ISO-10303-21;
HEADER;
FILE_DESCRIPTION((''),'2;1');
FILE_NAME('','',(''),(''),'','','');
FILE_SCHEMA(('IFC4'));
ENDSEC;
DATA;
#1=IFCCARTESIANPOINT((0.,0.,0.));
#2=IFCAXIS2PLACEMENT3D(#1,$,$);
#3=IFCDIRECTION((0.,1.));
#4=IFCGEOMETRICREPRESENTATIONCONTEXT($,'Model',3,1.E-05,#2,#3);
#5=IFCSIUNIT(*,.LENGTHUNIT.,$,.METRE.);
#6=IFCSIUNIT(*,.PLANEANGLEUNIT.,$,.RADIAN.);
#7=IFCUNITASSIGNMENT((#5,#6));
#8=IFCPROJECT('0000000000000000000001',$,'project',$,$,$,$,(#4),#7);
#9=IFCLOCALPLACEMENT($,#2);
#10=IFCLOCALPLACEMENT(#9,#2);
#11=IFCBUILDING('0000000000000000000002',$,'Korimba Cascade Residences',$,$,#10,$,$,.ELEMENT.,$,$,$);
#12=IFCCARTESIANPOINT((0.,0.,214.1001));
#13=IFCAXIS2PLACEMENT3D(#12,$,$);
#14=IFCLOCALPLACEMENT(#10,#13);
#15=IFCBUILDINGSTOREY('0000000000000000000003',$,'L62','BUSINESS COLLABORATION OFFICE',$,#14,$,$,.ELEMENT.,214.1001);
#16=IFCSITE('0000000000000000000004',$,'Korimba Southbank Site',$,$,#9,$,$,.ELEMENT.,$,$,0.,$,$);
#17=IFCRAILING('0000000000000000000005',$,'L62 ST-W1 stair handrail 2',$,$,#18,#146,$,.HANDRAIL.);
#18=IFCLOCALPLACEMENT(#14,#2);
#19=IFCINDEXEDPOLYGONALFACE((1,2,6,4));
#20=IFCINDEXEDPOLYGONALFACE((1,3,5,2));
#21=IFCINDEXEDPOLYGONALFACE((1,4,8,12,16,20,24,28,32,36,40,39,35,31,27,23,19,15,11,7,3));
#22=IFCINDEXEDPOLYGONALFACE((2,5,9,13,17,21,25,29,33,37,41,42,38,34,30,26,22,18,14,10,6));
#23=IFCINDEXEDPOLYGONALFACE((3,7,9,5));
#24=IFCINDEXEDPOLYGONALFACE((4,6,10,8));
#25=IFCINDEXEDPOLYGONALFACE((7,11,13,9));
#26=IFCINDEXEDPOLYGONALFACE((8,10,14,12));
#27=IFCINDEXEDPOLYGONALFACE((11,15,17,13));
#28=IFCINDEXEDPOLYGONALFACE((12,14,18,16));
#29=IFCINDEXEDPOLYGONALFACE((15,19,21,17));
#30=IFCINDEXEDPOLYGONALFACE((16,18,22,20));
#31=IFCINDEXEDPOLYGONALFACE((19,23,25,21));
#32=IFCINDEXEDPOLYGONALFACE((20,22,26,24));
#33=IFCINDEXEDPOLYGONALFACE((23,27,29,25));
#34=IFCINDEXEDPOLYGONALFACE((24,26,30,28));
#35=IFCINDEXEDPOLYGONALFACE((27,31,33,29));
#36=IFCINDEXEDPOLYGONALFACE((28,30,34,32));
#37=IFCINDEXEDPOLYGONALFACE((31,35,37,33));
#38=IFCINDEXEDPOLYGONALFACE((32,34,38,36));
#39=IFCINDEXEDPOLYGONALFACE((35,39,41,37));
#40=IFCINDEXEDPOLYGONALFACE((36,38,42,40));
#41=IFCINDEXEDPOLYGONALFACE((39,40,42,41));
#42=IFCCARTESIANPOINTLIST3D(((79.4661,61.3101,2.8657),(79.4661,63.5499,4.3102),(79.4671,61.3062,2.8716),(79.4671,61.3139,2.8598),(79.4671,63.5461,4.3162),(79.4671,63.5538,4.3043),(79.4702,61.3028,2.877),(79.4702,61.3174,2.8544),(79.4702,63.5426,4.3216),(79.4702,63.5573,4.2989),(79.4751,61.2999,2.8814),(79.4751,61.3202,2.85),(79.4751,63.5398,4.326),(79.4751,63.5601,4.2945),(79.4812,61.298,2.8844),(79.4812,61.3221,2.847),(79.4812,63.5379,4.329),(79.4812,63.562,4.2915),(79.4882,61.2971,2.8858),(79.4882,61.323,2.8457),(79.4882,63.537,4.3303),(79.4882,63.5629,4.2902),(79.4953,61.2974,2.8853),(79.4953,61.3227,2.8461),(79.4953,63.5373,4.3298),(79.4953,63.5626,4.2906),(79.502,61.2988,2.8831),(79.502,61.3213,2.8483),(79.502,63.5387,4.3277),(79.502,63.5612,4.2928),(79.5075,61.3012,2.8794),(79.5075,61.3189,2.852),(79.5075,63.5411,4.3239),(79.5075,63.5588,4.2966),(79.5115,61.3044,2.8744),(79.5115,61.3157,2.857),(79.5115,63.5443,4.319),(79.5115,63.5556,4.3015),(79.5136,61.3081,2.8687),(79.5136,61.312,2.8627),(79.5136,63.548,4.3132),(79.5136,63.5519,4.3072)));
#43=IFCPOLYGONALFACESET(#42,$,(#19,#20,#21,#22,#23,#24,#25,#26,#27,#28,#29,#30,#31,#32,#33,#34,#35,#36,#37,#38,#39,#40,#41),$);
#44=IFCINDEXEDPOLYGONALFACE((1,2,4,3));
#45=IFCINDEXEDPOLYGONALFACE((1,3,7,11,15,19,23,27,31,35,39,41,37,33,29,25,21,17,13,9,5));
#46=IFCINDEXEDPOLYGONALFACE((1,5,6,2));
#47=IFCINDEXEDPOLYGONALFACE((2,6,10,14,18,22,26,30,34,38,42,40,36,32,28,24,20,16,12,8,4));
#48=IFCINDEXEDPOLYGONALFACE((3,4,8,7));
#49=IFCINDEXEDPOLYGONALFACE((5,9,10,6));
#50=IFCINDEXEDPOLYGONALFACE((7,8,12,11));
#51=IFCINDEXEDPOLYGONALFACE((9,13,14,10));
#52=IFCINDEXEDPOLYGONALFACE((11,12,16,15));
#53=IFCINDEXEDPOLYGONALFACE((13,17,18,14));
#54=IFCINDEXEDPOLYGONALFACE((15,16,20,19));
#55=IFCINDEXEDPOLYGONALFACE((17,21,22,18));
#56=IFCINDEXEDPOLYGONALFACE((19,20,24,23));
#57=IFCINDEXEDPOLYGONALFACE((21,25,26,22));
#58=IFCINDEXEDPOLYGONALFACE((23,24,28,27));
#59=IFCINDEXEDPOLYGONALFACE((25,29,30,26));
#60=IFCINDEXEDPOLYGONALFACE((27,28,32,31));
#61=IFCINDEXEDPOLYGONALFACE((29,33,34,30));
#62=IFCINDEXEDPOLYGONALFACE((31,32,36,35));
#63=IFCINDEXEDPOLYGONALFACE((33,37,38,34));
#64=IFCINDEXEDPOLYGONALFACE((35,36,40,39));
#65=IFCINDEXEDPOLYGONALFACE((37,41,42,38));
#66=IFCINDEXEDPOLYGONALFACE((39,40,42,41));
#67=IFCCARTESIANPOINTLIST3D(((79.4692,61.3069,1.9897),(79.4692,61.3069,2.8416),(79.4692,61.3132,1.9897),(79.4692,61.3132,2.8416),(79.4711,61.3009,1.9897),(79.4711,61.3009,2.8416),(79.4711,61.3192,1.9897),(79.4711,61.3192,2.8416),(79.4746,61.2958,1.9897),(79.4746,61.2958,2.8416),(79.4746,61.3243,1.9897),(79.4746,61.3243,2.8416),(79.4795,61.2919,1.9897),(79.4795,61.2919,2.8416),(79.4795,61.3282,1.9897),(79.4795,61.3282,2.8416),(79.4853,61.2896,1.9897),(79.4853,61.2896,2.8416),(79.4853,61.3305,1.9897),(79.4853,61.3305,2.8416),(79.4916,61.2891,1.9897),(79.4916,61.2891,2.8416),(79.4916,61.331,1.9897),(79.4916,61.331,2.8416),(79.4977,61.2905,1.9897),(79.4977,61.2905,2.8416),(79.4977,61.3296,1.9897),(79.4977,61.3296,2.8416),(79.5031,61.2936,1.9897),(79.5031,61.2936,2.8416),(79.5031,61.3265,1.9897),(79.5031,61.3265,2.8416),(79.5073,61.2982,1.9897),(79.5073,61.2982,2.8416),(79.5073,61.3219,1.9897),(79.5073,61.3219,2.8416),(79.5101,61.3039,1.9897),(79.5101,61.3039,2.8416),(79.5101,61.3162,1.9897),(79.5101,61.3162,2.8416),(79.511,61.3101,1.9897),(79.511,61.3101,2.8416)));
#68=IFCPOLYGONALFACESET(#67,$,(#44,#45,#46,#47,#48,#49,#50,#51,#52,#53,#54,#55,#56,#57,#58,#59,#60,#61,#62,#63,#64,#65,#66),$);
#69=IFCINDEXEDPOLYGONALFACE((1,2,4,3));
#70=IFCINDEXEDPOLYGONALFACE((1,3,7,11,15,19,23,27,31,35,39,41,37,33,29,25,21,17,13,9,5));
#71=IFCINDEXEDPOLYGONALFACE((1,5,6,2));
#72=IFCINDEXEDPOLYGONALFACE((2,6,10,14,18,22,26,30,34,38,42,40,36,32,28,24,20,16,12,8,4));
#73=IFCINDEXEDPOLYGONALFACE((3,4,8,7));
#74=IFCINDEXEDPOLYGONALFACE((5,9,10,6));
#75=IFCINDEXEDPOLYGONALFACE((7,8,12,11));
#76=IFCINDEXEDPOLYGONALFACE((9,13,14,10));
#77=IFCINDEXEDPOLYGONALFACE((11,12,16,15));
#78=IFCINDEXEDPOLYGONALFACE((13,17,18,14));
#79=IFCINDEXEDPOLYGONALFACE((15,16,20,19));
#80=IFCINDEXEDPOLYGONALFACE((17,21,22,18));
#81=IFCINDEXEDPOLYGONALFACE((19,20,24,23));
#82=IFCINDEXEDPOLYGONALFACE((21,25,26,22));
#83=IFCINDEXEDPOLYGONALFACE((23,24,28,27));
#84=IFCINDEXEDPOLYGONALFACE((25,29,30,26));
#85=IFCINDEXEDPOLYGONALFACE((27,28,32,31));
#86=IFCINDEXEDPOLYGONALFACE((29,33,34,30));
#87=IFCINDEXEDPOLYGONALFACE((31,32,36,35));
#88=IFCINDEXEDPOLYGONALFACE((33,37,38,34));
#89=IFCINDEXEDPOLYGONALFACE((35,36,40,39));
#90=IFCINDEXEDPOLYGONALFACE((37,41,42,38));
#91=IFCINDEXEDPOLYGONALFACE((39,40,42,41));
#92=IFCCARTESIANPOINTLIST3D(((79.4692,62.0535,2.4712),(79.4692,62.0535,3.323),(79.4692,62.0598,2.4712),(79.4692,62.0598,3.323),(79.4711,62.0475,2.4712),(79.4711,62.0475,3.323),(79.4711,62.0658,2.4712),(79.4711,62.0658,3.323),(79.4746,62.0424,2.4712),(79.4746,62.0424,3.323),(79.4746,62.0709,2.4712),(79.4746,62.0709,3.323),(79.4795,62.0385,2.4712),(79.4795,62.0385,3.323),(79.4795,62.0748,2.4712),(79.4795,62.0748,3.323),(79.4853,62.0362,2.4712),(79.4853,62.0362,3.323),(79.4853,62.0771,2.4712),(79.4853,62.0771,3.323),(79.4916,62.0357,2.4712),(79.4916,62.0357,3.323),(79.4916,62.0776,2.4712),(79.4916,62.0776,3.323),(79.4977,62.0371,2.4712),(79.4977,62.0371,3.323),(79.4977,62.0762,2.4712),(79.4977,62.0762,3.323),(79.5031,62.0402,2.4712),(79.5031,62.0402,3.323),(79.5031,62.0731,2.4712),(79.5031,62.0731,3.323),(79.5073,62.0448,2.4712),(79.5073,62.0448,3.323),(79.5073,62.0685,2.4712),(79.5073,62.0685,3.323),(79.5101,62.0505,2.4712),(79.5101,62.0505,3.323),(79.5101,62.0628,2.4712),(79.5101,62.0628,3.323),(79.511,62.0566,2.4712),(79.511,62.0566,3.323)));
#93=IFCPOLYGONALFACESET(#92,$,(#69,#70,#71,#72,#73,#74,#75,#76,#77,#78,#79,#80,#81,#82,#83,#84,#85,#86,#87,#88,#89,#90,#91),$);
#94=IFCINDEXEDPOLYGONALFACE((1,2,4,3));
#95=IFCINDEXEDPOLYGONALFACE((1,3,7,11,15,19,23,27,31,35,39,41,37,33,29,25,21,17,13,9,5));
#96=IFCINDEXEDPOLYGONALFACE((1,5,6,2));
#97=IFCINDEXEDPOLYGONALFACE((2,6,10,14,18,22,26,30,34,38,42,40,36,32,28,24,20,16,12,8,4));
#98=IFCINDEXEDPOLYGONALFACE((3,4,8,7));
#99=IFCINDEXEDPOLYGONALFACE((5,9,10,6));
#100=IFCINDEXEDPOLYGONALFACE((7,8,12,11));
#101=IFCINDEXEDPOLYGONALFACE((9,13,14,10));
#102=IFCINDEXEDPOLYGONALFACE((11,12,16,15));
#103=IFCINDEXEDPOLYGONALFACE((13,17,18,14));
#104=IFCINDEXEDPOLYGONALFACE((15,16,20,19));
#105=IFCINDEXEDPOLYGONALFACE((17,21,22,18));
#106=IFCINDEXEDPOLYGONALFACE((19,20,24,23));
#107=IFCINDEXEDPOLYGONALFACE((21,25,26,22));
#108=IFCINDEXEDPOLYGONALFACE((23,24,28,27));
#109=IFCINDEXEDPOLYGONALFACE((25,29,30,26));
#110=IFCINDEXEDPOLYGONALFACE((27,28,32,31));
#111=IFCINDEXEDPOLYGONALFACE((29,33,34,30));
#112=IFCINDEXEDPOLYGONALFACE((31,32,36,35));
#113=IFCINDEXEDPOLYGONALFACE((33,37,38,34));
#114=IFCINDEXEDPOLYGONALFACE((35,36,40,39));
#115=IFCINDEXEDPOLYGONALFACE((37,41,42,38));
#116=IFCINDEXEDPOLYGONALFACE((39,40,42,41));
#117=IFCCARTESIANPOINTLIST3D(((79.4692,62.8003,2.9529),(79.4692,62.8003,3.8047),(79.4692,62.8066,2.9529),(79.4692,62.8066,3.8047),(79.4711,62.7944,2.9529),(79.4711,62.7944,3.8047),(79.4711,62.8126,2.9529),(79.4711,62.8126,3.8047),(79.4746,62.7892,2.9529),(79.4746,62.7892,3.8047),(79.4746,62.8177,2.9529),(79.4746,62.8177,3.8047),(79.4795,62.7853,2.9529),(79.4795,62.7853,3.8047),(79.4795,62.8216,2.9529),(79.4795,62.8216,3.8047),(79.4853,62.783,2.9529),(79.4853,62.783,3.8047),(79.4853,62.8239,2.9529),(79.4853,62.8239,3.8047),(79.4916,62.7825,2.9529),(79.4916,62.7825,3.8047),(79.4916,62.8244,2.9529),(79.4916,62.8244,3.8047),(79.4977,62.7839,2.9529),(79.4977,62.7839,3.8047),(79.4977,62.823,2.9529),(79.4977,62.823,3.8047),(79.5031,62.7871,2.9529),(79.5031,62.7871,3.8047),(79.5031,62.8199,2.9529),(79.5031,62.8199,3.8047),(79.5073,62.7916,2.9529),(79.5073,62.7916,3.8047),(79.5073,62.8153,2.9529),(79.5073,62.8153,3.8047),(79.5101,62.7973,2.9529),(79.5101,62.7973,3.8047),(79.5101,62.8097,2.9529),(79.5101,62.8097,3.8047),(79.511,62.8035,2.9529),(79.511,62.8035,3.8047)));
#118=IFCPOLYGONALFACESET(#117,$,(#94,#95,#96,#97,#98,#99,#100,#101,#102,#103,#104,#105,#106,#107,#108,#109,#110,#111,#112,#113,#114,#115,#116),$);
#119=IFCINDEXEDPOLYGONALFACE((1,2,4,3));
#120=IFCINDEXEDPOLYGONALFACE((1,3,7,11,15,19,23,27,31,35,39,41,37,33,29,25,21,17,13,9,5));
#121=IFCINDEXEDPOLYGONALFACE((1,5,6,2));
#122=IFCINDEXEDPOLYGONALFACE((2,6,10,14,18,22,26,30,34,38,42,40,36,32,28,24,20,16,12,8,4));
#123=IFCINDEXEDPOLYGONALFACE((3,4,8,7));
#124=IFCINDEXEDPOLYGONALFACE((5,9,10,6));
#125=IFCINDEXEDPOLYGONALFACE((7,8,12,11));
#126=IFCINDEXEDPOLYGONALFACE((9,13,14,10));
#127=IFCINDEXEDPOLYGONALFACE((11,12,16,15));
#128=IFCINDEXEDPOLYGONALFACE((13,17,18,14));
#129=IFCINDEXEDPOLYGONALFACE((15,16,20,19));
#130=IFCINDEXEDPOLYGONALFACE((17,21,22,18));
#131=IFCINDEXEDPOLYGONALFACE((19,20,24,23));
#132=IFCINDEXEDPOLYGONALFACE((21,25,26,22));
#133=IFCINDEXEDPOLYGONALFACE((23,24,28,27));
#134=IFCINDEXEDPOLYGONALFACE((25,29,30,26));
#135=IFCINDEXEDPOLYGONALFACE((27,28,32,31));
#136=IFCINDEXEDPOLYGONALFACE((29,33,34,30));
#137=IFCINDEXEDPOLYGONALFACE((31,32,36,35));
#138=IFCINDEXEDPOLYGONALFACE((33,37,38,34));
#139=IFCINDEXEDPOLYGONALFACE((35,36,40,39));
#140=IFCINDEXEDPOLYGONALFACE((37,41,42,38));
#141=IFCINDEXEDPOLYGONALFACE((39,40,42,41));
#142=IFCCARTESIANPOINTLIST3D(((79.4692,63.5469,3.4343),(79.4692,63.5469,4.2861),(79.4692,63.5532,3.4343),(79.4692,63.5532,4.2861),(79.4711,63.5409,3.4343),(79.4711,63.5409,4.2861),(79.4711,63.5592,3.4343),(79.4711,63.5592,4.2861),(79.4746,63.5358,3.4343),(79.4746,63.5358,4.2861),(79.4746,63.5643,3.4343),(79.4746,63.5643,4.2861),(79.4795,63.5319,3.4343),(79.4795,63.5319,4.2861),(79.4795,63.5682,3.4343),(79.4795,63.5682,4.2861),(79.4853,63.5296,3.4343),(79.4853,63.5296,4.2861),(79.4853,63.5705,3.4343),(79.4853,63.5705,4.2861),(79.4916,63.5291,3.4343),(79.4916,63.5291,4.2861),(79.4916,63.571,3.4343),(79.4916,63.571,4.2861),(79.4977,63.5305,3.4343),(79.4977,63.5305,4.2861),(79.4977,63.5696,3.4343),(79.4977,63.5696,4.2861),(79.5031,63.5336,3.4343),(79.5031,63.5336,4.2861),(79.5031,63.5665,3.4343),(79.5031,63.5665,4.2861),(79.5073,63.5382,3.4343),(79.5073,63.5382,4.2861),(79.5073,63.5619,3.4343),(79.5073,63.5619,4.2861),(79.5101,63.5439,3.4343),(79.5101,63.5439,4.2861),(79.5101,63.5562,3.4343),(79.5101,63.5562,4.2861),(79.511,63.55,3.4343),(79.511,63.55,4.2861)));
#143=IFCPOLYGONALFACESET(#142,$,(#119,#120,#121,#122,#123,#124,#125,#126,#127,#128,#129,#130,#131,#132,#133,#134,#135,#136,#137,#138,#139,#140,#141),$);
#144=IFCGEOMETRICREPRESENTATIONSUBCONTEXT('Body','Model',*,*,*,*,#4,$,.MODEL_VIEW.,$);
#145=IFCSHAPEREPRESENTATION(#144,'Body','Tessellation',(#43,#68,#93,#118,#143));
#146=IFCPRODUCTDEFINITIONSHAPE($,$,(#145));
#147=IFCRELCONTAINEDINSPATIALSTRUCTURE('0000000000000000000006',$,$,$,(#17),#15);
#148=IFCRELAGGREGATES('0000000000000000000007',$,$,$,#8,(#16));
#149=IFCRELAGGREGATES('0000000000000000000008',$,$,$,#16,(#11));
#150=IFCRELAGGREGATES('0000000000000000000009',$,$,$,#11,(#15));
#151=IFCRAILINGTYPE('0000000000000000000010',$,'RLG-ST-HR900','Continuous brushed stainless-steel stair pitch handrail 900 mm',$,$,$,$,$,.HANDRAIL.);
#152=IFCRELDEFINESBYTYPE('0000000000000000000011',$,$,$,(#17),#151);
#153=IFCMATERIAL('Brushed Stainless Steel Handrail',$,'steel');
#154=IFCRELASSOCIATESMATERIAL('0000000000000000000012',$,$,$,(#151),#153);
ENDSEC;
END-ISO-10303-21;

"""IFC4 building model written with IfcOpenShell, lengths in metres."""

from ifc_helpers import new_model, si_unit, direction, frame, origin, origin_2d, place, context, subcontext, project, spatial, circle, extrude, material, type_object, element, save


model = new_model("IFC4")

# Units and contexts
model_context = context("Model", 3, precision=1e-05, world=origin(), true_north=direction((0.0, 1.0)))
body_context = subcontext(model_context, "Body", "Model", "MODEL_VIEW")
ifc_project = project(units=[si_unit("LENGTHUNIT", "METRE"), si_unit("PLANEANGLEUNIT", "RADIAN")], contexts=[model_context])

# Site, building, storey
site_placement = place(None, origin())
site = spatial("IfcSite", under=ifc_project, at=site_placement, Name="Korimba Southbank Site", CompositionType="ELEMENT", RefElevation=0.0)
building_placement = place(site_placement, origin())
building = spatial("IfcBuilding", under=site, at=building_placement, Name="Korimba Cascade Residences", CompositionType="ELEMENT")
storey_placement = place(building_placement, frame((0.0, 0.0, 214.1001)))
storey = spatial("IfcBuildingStorey", under=building, at=storey_placement, Name="L62", Description="BUSINESS COLLABORATION OFFICE", CompositionType="ELEMENT", Elevation=214.1001)

# Railing
ifc_material_1 = material(Name="Brushed Stainless Steel Handrail", Category="steel")
railing_type_1 = type_object("IfcRailingType", Name="RLG-ST-HR900", Description="Continuous brushed stainless-steel stair pitch handrail 900 mm", PredefinedType="HANDRAIL", material=ifc_material_1)
railing_1_placement = place(storey_placement, frame((79.49, 61.3101, 1.9897)))
element("IfcRailing", 1, at=railing_1_placement, inside=storey, type_object=railing_type_1, Name="L62 ST-W1 stair handrail 2", PredefinedType="HANDRAIL", context=body_context, shape_type="SweptSolid", body=[
    extrude(circle(Radius=0.0239, at=origin_2d()), frame((0.0, 0.0, 0.876), z_axis=(0.0, 0.840395, 0.541975), x_axis=(-1.0, 0.0, 0.0)), (0.0, 0.0, 1.0), 2.6653),
    extrude(circle(Radius=0.021, at=origin_2d()), origin(), (0.0, 0.0, 1.0), 0.8518),
    extrude(circle(Radius=0.021, at=origin_2d()), frame((0.0, 0.7466, 0.4814)), (0.0, 0.0, 1.0), 0.8518),
    extrude(circle(Radius=0.021, at=origin_2d()), frame((0.0, 1.4934, 0.9631)), (0.0, 0.0, 1.0), 0.8518),
    extrude(circle(Radius=0.021, at=origin_2d()), frame((0.0, 2.24, 1.4446)), (0.0, 0.0, 1.0), 0.8518),
])

save(model, "model.ifc")
